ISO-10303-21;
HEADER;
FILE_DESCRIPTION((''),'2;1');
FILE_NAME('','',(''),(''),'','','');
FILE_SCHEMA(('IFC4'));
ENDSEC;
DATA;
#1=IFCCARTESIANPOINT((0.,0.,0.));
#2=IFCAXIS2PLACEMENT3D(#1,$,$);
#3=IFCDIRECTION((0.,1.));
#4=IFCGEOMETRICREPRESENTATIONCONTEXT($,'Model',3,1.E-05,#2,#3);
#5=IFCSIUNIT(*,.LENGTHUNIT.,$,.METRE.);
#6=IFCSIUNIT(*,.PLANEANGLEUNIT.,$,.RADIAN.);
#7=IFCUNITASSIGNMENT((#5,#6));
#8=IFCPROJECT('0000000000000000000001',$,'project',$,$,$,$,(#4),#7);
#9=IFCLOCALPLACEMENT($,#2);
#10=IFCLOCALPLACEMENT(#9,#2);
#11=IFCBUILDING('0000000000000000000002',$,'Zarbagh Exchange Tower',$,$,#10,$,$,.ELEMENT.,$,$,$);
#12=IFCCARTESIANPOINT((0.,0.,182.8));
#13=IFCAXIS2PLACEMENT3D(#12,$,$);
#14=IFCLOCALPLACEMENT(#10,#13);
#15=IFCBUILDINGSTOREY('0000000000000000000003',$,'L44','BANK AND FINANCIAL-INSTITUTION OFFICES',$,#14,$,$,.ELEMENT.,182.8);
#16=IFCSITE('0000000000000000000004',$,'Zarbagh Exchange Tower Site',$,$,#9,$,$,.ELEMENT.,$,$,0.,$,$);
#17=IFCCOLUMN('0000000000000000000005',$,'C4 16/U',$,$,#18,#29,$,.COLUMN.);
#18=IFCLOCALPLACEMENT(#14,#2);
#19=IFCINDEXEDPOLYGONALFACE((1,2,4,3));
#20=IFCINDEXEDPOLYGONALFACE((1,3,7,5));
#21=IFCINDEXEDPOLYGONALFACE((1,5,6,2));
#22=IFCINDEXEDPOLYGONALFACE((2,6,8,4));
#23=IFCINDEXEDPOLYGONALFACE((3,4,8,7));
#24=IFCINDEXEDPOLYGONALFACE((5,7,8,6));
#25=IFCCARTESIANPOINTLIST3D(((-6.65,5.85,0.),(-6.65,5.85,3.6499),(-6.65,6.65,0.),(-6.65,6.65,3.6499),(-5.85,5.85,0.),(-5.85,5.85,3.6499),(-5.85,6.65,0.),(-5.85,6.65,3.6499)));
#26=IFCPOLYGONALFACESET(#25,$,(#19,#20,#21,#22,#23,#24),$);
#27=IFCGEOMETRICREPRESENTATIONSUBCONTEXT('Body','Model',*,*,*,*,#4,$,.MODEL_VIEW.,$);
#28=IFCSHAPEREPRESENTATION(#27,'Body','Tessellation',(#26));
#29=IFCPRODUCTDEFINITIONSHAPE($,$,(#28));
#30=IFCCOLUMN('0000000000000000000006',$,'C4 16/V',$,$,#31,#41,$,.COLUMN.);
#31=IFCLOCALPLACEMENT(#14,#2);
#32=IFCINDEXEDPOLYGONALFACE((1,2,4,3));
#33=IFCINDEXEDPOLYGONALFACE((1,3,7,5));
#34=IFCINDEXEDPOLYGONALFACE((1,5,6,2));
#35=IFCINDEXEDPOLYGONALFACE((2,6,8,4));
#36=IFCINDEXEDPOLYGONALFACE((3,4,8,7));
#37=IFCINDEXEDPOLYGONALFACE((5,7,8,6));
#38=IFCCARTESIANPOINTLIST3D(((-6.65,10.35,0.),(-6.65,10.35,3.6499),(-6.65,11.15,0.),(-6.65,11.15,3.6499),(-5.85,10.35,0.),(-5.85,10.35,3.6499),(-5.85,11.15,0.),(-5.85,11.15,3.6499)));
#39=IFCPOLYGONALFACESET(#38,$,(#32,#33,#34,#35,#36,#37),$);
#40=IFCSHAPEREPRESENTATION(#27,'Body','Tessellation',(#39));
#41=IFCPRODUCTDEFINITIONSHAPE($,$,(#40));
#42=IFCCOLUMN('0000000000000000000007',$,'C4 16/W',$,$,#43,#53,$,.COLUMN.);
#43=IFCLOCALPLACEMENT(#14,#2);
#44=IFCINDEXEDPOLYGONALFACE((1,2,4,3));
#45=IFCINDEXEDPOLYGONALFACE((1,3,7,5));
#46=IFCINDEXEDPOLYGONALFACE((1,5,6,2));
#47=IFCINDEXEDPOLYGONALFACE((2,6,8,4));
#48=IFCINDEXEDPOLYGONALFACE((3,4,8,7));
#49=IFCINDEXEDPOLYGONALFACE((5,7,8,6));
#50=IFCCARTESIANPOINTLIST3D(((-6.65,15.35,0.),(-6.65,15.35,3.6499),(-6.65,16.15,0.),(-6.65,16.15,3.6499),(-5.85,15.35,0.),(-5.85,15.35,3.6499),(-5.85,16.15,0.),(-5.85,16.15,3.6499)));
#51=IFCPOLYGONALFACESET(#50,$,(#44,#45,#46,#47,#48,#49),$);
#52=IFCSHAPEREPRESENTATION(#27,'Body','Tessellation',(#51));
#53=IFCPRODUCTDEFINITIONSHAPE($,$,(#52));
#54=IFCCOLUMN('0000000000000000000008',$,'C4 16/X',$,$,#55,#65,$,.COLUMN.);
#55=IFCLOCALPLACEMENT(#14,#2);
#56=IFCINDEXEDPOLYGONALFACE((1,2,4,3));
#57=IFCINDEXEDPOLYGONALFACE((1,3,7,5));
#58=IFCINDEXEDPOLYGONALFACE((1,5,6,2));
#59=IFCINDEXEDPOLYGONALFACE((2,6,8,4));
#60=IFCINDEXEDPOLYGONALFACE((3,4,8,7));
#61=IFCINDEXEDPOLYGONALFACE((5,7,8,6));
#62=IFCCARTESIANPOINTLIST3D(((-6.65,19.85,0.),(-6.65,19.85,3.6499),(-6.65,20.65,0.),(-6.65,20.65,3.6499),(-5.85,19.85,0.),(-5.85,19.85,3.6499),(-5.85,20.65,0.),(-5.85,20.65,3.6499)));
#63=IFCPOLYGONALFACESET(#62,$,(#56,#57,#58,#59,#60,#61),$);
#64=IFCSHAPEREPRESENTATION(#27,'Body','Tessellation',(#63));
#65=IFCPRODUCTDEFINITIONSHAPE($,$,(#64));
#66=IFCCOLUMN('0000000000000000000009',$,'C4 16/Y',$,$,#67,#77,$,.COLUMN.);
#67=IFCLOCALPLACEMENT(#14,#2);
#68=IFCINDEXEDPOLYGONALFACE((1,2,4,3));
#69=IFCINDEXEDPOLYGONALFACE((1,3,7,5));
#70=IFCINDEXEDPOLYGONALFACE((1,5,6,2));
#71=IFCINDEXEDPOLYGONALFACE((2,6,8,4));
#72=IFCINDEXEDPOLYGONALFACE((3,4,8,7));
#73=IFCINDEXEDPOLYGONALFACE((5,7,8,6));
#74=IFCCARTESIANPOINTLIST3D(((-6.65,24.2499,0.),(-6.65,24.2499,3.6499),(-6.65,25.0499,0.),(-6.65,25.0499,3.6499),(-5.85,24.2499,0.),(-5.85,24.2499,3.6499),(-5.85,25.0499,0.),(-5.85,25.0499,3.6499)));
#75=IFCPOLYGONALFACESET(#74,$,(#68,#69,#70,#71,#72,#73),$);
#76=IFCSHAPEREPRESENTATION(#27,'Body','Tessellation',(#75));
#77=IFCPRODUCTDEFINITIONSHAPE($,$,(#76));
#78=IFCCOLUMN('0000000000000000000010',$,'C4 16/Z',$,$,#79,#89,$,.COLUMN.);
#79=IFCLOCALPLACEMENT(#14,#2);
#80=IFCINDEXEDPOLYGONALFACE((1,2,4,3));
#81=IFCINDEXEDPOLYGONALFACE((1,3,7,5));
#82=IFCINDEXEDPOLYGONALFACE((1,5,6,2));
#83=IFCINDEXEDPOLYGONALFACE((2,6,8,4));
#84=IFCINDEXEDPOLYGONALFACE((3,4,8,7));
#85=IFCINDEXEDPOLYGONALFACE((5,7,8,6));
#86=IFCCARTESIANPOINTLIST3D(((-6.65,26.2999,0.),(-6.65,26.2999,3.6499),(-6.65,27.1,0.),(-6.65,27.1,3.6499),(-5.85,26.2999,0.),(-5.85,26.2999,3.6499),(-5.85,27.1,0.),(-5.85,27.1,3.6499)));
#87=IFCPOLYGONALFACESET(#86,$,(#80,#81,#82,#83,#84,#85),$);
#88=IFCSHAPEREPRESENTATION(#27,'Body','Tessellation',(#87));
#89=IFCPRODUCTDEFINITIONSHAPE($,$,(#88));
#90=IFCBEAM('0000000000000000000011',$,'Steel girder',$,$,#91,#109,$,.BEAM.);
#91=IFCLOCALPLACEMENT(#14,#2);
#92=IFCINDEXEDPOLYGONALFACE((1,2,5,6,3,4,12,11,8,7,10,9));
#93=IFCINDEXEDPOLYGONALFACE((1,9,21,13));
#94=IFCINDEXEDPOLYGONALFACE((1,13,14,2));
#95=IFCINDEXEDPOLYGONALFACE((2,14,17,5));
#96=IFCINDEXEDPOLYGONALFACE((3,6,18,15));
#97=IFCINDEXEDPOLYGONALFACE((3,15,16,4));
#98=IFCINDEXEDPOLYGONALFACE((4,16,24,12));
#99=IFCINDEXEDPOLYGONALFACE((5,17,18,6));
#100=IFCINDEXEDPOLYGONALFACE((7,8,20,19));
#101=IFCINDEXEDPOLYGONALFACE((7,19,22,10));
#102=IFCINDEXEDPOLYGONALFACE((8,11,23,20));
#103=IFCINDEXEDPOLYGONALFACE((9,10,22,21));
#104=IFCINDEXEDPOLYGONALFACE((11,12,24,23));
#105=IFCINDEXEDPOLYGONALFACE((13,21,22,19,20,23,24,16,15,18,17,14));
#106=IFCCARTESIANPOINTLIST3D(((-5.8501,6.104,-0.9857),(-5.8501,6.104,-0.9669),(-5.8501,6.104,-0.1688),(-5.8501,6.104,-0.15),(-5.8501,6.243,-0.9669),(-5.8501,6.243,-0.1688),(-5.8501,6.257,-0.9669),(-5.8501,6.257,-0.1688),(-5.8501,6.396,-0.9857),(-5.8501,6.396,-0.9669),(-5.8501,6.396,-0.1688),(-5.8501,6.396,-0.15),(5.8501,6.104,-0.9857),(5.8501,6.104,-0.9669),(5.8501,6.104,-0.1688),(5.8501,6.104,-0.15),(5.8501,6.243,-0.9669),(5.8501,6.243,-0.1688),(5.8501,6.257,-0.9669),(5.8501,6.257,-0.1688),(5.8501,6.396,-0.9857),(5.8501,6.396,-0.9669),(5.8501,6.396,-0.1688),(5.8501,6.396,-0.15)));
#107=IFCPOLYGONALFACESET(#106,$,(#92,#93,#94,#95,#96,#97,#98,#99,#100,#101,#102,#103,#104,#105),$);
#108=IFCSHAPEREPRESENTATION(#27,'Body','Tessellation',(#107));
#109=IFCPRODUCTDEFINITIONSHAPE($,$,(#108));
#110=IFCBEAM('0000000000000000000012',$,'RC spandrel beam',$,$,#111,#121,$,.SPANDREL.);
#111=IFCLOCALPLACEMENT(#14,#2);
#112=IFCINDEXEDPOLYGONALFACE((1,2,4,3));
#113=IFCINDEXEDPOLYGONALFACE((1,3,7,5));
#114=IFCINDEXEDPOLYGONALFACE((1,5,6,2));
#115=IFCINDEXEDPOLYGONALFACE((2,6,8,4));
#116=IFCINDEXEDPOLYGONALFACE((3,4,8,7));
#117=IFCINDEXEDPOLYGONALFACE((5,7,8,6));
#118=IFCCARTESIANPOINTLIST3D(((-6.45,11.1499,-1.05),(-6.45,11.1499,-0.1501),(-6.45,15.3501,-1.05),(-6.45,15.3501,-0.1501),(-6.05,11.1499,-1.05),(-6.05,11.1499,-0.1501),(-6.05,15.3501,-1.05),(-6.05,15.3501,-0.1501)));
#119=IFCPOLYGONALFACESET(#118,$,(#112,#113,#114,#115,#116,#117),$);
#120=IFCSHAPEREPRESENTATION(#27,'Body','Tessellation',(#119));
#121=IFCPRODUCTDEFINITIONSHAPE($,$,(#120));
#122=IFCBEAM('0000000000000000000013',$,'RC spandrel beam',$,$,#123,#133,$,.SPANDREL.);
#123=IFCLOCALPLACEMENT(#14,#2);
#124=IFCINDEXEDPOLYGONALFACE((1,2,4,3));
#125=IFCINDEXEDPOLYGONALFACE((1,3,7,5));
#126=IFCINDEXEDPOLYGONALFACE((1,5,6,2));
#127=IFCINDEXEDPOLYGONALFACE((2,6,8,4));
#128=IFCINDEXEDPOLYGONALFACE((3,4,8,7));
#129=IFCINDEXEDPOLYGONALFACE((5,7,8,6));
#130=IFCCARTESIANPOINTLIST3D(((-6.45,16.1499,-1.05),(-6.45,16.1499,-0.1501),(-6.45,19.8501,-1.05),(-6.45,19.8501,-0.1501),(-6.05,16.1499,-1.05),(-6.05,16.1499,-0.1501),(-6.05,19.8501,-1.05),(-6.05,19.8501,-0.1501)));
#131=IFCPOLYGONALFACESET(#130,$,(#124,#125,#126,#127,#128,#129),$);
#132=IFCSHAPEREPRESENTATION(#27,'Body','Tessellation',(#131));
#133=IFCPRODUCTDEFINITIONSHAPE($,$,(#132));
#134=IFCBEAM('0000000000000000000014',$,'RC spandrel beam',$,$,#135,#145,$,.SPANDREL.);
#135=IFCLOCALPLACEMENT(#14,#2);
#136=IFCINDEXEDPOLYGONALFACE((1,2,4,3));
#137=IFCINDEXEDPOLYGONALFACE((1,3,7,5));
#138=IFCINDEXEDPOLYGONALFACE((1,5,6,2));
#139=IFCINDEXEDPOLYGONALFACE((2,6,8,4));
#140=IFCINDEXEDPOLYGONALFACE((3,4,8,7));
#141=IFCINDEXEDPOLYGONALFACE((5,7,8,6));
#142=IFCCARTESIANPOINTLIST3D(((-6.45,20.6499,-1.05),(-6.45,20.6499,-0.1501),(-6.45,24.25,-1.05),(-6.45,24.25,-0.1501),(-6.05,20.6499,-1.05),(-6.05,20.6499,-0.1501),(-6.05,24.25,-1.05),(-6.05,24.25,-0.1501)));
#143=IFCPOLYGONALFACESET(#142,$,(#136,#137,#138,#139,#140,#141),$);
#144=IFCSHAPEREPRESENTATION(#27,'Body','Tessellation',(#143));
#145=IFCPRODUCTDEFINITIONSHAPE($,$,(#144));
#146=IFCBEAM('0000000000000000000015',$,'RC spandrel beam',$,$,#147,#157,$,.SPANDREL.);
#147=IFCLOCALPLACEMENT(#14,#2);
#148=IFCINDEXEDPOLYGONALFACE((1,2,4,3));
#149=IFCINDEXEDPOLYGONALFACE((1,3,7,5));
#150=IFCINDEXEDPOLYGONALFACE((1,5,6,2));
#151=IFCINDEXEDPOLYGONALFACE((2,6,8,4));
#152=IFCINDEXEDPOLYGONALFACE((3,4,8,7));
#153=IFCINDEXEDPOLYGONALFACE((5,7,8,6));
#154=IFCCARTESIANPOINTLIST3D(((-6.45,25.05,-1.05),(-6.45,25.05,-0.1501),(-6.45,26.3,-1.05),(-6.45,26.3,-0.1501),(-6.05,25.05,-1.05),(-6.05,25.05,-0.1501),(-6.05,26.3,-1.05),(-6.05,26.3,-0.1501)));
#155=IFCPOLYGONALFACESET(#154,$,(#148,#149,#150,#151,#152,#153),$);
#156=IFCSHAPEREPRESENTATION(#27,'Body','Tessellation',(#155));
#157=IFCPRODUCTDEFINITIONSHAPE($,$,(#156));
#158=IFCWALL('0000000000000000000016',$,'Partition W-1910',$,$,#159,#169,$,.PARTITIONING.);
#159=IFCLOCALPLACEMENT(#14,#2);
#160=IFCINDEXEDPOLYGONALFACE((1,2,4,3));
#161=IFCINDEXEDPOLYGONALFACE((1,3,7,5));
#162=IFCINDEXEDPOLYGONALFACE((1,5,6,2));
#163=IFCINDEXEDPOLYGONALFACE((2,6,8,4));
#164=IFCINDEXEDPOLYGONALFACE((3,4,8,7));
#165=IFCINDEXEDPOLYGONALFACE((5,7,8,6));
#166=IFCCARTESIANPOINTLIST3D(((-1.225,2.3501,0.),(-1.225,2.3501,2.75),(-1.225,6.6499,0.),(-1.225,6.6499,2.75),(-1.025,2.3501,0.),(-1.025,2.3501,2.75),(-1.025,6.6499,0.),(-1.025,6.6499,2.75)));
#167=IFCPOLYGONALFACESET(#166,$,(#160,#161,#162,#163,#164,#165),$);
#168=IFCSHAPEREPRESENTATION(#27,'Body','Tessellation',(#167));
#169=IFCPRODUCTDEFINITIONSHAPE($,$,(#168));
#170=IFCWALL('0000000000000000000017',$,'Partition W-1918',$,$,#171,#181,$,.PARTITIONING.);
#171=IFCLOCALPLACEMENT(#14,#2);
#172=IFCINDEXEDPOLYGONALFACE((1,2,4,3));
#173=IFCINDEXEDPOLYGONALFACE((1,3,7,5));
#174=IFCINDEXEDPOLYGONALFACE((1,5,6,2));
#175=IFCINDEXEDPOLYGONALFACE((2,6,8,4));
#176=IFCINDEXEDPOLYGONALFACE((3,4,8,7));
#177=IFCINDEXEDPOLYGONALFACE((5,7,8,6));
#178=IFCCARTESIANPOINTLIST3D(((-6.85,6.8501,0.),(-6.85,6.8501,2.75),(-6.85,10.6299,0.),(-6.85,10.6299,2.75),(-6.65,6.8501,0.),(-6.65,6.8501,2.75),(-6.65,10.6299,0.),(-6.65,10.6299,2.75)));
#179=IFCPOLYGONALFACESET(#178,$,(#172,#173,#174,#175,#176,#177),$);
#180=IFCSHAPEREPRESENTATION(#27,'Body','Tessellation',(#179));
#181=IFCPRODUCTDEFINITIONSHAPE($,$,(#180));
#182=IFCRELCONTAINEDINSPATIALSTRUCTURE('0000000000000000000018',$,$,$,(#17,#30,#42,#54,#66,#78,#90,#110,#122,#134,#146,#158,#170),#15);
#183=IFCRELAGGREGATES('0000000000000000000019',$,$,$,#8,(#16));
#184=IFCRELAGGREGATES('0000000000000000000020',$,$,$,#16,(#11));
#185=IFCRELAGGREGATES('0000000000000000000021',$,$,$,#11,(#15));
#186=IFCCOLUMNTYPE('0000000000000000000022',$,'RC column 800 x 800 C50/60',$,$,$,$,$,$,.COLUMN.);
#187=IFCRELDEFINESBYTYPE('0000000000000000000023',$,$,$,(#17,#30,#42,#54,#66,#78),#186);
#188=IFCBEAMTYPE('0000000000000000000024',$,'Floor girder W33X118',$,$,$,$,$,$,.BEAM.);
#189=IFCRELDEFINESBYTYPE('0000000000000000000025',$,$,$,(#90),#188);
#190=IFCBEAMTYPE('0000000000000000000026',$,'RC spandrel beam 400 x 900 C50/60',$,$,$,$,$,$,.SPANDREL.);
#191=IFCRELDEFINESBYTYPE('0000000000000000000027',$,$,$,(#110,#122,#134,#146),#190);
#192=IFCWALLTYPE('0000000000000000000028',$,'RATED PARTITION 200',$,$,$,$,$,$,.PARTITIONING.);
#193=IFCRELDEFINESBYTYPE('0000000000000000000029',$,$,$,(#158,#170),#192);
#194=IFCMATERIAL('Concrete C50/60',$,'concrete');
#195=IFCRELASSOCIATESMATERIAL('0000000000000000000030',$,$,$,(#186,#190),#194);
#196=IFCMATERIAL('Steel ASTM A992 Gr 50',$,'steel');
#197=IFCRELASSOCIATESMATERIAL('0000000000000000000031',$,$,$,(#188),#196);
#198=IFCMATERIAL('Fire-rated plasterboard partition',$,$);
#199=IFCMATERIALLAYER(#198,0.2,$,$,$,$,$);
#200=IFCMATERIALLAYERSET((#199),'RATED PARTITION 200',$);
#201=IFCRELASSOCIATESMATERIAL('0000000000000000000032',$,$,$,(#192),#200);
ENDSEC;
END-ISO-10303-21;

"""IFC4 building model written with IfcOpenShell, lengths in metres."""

from ifc_helpers import new_model, si_unit, direction, frame, frame_2d, origin, origin_2d, place, context, subcontext, project, spatial, rectangle, i_section, extrude, material, layer, layer_set, material_profile, profile_set, type_object, element, save


model = new_model("IFC4")

# Units and contexts
model_context = context("Model", 3, precision=1e-05, world=origin(), true_north=direction((0.0, 1.0)))
body_context = subcontext(model_context, "Body", "Model", "MODEL_VIEW")
ifc_project = project(units=[si_unit("LENGTHUNIT", "METRE"), si_unit("PLANEANGLEUNIT", "RADIAN")], contexts=[model_context])

# Site, building, storey
site_placement = place(None, origin())
site = spatial("IfcSite", under=ifc_project, at=site_placement, Name="Zarbagh Exchange Tower Site", CompositionType="ELEMENT", RefElevation=0.0)
building_placement = place(site_placement, origin())
building = spatial("IfcBuilding", under=site, at=building_placement, Name="Zarbagh Exchange Tower", CompositionType="ELEMENT")
storey_placement = place(building_placement, frame((0.0, 0.0, 182.8)))
storey = spatial("IfcBuildingStorey", under=building, at=storey_placement, Name="L44", Description="BANK AND FINANCIAL-INSTITUTION OFFICES", CompositionType="ELEMENT", Elevation=182.8)

# Columns
ifc_material_1 = material(Name="Concrete C50/60", Category="concrete")
ifc_material_profile_1 = material_profile(ifc_material_1, rectangle(XDim=0.8, YDim=0.8, at=origin_2d()), Name="RC column 800 x 800 C50/60")
ifc_profile_set_1 = profile_set([ifc_material_profile_1], Name="Concrete C50/60")
column_type = type_object("IfcColumnType", Name="RC column 800 x 800 C50/60", PredefinedType="COLUMN", material=ifc_profile_set_1)
for number, where, z_axis, x_axis, name in (
    (1, (-6.25, 6.25, 0.0), (0.0, 0.0, 1.0), (1.0, 0.0, 0.0), "C4 16/U"),
    (2, (-6.25, 10.75, 0.0), (0.0, 0.0, 1.0), (1.0, 0.0, 0.0), "C4 16/V"),
    (3, (-6.25, 15.75, 0.0), (0.0, 0.0, 1.0), (1.0, 0.0, 0.0), "C4 16/W"),
    (4, (-6.25, 20.25, 0.0), (0.0, 0.0, 1.0), (1.0, 0.0, 0.0), "C4 16/X"),
    (5, (-6.25, 24.6499, 0.0), (0.0, 0.0, 1.0), (1.0, 0.0, 0.0), "C4 16/Y"),
    (6, (-6.25, 26.7, 0.0), (0.0, 0.0, 1.0), (1.0, 0.0, 0.0), "C4 16/Z"),
):
    element("IfcColumn", number, at=place(storey_placement, frame(where, z_axis=z_axis, x_axis=x_axis)), inside=storey, type_object=column_type, Name=name, PredefinedType="COLUMN", context=body_context, shape_type="SweptSolid", body=[
        extrude(rectangle(XDim=0.8, YDim=0.8, at=origin_2d()), origin(), (0.0, 0.0, 1.0), 3.6499),
    ])

# Beams
ifc_material_2 = material(Name="Steel ASTM A992 Gr 50", Category="steel")
ifc_material_profile_2 = material_profile(ifc_material_2, i_section(OverallWidth=0.292, OverallDepth=0.8357, WebThickness=0.0139, FlangeThickness=0.0188, at=origin_2d()), Name="W33X118")
ifc_profile_set_2 = profile_set([ifc_material_profile_2], Name="Steel ASTM A992 Gr 50")
beam_type_1 = type_object("IfcBeamType", Name="Floor girder W33X118", PredefinedType="BEAM", material=ifc_profile_set_2)
beam_1_placement = place(storey_placement, frame((-5.8501, 6.25, -0.5679), z_axis=(1.0, 0.0, 0.0), x_axis=(0.0, 1.0, 0.0)))
element("IfcBeam", 7, at=beam_1_placement, inside=storey, type_object=beam_type_1, Name="Steel girder", PredefinedType="BEAM", context=body_context, shape_type="SweptSolid", body=[
    extrude(i_section(OverallWidth=0.292, OverallDepth=0.8357, WebThickness=0.0139, FlangeThickness=0.0188, at=origin_2d()), origin(), (0.0, 0.0, 1.0), 11.7002),
])
ifc_material_profile_3 = material_profile(ifc_material_1, rectangle(XDim=0.3999, YDim=0.8999, at=origin_2d()), Name="RC spandrel beam 400 x 900 C50/60")
ifc_profile_set_3 = profile_set([ifc_material_profile_3], Name="Concrete C50/60")
beam_type_2 = type_object("IfcBeamType", Name="RC spandrel beam 400 x 900 C50/60", PredefinedType="SPANDREL", material=ifc_profile_set_3)
beam_2_placement = place(storey_placement, frame((-6.25, 11.1499, -0.6001), z_axis=(0.0, 1.0, 0.0), x_axis=(-1.0, 0.0, 0.0)))
element("IfcBeam", 8, at=beam_2_placement, inside=storey, type_object=beam_type_2, Name="RC spandrel beam", PredefinedType="SPANDREL", context=body_context, shape_type="SweptSolid", body=[
    extrude(rectangle(XDim=0.3999, YDim=0.8999, at=origin_2d()), origin(), (0.0, 0.0, 1.0), 4.2002),
])
beam_3_placement = place(storey_placement, frame((-6.25, 16.1499, -0.6001), z_axis=(0.0, 1.0, 0.0), x_axis=(-1.0, 0.0, 0.0)))
element("IfcBeam", 9, at=beam_3_placement, inside=storey, type_object=beam_type_2, Name="RC spandrel beam", PredefinedType="SPANDREL", context=body_context, shape_type="SweptSolid", body=[
    extrude(rectangle(XDim=0.3999, YDim=0.8999, at=origin_2d()), origin(), (0.0, 0.0, 1.0), 3.7002),
])
beam_4_placement = place(storey_placement, frame((-6.25, 20.6499, -0.6001), z_axis=(0.0, 1.0, 0.0), x_axis=(-1.0, 0.0, 0.0)))
element("IfcBeam", 10, at=beam_4_placement, inside=storey, type_object=beam_type_2, Name="RC spandrel beam", PredefinedType="SPANDREL", context=body_context, shape_type="SweptSolid", body=[
    extrude(rectangle(XDim=0.3999, YDim=0.8999, at=origin_2d()), origin(), (0.0, 0.0, 1.0), 3.6001),
])
beam_5_placement = place(storey_placement, frame((-6.25, 25.05, -0.6001), z_axis=(0.0, 1.0, 0.0), x_axis=(-1.0, 0.0, 0.0)))
element("IfcBeam", 11, at=beam_5_placement, inside=storey, type_object=beam_type_2, Name="RC spandrel beam", PredefinedType="SPANDREL", context=body_context, shape_type="SweptSolid", body=[
    extrude(rectangle(XDim=0.3999, YDim=0.8999, at=origin_2d()), origin(), (0.0, 0.0, 1.0), 1.25),
])

# Walls
ifc_material_3 = material(Name="Fire-rated plasterboard partition")
ifc_layer_1 = layer(ifc_material_3, 0.2)
ifc_layer_set_1 = layer_set([ifc_layer_1], Name="RATED PARTITION 200")
wall_type_1 = type_object("IfcWallType", Name="RATED PARTITION 200", PredefinedType="PARTITIONING", material=ifc_layer_set_1)
wall_1_placement = place(storey_placement, frame((-1.125, 2.3501, 0.0), z_axis=(0.0, 0.0, 1.0), x_axis=(0.0, 1.0, 0.0)))
element("IfcWall", 12, at=wall_1_placement, inside=storey, type_object=wall_type_1, Name="Partition W-1910", PredefinedType="PARTITIONING", context=body_context, shape_type="SweptSolid", body=[
    extrude(rectangle(XDim=4.2998, YDim=0.2, at=frame_2d((2.1499, 0.0))), origin(), (0.0, 0.0, 1.0), 2.75),
])
wall_2_placement = place(storey_placement, frame((-6.75, 6.8501, 0.0), z_axis=(0.0, 0.0, 1.0), x_axis=(0.0, 1.0, 0.0)))
element("IfcWall", 13, at=wall_2_placement, inside=storey, type_object=wall_type_1, Name="Partition W-1918", PredefinedType="PARTITIONING", context=body_context, shape_type="SweptSolid", body=[
    extrude(rectangle(XDim=3.7798, YDim=0.2, at=frame_2d((1.8899, 0.0))), origin(), (0.0, 0.0, 1.0), 2.75),
])

save(model, "model.ifc")
